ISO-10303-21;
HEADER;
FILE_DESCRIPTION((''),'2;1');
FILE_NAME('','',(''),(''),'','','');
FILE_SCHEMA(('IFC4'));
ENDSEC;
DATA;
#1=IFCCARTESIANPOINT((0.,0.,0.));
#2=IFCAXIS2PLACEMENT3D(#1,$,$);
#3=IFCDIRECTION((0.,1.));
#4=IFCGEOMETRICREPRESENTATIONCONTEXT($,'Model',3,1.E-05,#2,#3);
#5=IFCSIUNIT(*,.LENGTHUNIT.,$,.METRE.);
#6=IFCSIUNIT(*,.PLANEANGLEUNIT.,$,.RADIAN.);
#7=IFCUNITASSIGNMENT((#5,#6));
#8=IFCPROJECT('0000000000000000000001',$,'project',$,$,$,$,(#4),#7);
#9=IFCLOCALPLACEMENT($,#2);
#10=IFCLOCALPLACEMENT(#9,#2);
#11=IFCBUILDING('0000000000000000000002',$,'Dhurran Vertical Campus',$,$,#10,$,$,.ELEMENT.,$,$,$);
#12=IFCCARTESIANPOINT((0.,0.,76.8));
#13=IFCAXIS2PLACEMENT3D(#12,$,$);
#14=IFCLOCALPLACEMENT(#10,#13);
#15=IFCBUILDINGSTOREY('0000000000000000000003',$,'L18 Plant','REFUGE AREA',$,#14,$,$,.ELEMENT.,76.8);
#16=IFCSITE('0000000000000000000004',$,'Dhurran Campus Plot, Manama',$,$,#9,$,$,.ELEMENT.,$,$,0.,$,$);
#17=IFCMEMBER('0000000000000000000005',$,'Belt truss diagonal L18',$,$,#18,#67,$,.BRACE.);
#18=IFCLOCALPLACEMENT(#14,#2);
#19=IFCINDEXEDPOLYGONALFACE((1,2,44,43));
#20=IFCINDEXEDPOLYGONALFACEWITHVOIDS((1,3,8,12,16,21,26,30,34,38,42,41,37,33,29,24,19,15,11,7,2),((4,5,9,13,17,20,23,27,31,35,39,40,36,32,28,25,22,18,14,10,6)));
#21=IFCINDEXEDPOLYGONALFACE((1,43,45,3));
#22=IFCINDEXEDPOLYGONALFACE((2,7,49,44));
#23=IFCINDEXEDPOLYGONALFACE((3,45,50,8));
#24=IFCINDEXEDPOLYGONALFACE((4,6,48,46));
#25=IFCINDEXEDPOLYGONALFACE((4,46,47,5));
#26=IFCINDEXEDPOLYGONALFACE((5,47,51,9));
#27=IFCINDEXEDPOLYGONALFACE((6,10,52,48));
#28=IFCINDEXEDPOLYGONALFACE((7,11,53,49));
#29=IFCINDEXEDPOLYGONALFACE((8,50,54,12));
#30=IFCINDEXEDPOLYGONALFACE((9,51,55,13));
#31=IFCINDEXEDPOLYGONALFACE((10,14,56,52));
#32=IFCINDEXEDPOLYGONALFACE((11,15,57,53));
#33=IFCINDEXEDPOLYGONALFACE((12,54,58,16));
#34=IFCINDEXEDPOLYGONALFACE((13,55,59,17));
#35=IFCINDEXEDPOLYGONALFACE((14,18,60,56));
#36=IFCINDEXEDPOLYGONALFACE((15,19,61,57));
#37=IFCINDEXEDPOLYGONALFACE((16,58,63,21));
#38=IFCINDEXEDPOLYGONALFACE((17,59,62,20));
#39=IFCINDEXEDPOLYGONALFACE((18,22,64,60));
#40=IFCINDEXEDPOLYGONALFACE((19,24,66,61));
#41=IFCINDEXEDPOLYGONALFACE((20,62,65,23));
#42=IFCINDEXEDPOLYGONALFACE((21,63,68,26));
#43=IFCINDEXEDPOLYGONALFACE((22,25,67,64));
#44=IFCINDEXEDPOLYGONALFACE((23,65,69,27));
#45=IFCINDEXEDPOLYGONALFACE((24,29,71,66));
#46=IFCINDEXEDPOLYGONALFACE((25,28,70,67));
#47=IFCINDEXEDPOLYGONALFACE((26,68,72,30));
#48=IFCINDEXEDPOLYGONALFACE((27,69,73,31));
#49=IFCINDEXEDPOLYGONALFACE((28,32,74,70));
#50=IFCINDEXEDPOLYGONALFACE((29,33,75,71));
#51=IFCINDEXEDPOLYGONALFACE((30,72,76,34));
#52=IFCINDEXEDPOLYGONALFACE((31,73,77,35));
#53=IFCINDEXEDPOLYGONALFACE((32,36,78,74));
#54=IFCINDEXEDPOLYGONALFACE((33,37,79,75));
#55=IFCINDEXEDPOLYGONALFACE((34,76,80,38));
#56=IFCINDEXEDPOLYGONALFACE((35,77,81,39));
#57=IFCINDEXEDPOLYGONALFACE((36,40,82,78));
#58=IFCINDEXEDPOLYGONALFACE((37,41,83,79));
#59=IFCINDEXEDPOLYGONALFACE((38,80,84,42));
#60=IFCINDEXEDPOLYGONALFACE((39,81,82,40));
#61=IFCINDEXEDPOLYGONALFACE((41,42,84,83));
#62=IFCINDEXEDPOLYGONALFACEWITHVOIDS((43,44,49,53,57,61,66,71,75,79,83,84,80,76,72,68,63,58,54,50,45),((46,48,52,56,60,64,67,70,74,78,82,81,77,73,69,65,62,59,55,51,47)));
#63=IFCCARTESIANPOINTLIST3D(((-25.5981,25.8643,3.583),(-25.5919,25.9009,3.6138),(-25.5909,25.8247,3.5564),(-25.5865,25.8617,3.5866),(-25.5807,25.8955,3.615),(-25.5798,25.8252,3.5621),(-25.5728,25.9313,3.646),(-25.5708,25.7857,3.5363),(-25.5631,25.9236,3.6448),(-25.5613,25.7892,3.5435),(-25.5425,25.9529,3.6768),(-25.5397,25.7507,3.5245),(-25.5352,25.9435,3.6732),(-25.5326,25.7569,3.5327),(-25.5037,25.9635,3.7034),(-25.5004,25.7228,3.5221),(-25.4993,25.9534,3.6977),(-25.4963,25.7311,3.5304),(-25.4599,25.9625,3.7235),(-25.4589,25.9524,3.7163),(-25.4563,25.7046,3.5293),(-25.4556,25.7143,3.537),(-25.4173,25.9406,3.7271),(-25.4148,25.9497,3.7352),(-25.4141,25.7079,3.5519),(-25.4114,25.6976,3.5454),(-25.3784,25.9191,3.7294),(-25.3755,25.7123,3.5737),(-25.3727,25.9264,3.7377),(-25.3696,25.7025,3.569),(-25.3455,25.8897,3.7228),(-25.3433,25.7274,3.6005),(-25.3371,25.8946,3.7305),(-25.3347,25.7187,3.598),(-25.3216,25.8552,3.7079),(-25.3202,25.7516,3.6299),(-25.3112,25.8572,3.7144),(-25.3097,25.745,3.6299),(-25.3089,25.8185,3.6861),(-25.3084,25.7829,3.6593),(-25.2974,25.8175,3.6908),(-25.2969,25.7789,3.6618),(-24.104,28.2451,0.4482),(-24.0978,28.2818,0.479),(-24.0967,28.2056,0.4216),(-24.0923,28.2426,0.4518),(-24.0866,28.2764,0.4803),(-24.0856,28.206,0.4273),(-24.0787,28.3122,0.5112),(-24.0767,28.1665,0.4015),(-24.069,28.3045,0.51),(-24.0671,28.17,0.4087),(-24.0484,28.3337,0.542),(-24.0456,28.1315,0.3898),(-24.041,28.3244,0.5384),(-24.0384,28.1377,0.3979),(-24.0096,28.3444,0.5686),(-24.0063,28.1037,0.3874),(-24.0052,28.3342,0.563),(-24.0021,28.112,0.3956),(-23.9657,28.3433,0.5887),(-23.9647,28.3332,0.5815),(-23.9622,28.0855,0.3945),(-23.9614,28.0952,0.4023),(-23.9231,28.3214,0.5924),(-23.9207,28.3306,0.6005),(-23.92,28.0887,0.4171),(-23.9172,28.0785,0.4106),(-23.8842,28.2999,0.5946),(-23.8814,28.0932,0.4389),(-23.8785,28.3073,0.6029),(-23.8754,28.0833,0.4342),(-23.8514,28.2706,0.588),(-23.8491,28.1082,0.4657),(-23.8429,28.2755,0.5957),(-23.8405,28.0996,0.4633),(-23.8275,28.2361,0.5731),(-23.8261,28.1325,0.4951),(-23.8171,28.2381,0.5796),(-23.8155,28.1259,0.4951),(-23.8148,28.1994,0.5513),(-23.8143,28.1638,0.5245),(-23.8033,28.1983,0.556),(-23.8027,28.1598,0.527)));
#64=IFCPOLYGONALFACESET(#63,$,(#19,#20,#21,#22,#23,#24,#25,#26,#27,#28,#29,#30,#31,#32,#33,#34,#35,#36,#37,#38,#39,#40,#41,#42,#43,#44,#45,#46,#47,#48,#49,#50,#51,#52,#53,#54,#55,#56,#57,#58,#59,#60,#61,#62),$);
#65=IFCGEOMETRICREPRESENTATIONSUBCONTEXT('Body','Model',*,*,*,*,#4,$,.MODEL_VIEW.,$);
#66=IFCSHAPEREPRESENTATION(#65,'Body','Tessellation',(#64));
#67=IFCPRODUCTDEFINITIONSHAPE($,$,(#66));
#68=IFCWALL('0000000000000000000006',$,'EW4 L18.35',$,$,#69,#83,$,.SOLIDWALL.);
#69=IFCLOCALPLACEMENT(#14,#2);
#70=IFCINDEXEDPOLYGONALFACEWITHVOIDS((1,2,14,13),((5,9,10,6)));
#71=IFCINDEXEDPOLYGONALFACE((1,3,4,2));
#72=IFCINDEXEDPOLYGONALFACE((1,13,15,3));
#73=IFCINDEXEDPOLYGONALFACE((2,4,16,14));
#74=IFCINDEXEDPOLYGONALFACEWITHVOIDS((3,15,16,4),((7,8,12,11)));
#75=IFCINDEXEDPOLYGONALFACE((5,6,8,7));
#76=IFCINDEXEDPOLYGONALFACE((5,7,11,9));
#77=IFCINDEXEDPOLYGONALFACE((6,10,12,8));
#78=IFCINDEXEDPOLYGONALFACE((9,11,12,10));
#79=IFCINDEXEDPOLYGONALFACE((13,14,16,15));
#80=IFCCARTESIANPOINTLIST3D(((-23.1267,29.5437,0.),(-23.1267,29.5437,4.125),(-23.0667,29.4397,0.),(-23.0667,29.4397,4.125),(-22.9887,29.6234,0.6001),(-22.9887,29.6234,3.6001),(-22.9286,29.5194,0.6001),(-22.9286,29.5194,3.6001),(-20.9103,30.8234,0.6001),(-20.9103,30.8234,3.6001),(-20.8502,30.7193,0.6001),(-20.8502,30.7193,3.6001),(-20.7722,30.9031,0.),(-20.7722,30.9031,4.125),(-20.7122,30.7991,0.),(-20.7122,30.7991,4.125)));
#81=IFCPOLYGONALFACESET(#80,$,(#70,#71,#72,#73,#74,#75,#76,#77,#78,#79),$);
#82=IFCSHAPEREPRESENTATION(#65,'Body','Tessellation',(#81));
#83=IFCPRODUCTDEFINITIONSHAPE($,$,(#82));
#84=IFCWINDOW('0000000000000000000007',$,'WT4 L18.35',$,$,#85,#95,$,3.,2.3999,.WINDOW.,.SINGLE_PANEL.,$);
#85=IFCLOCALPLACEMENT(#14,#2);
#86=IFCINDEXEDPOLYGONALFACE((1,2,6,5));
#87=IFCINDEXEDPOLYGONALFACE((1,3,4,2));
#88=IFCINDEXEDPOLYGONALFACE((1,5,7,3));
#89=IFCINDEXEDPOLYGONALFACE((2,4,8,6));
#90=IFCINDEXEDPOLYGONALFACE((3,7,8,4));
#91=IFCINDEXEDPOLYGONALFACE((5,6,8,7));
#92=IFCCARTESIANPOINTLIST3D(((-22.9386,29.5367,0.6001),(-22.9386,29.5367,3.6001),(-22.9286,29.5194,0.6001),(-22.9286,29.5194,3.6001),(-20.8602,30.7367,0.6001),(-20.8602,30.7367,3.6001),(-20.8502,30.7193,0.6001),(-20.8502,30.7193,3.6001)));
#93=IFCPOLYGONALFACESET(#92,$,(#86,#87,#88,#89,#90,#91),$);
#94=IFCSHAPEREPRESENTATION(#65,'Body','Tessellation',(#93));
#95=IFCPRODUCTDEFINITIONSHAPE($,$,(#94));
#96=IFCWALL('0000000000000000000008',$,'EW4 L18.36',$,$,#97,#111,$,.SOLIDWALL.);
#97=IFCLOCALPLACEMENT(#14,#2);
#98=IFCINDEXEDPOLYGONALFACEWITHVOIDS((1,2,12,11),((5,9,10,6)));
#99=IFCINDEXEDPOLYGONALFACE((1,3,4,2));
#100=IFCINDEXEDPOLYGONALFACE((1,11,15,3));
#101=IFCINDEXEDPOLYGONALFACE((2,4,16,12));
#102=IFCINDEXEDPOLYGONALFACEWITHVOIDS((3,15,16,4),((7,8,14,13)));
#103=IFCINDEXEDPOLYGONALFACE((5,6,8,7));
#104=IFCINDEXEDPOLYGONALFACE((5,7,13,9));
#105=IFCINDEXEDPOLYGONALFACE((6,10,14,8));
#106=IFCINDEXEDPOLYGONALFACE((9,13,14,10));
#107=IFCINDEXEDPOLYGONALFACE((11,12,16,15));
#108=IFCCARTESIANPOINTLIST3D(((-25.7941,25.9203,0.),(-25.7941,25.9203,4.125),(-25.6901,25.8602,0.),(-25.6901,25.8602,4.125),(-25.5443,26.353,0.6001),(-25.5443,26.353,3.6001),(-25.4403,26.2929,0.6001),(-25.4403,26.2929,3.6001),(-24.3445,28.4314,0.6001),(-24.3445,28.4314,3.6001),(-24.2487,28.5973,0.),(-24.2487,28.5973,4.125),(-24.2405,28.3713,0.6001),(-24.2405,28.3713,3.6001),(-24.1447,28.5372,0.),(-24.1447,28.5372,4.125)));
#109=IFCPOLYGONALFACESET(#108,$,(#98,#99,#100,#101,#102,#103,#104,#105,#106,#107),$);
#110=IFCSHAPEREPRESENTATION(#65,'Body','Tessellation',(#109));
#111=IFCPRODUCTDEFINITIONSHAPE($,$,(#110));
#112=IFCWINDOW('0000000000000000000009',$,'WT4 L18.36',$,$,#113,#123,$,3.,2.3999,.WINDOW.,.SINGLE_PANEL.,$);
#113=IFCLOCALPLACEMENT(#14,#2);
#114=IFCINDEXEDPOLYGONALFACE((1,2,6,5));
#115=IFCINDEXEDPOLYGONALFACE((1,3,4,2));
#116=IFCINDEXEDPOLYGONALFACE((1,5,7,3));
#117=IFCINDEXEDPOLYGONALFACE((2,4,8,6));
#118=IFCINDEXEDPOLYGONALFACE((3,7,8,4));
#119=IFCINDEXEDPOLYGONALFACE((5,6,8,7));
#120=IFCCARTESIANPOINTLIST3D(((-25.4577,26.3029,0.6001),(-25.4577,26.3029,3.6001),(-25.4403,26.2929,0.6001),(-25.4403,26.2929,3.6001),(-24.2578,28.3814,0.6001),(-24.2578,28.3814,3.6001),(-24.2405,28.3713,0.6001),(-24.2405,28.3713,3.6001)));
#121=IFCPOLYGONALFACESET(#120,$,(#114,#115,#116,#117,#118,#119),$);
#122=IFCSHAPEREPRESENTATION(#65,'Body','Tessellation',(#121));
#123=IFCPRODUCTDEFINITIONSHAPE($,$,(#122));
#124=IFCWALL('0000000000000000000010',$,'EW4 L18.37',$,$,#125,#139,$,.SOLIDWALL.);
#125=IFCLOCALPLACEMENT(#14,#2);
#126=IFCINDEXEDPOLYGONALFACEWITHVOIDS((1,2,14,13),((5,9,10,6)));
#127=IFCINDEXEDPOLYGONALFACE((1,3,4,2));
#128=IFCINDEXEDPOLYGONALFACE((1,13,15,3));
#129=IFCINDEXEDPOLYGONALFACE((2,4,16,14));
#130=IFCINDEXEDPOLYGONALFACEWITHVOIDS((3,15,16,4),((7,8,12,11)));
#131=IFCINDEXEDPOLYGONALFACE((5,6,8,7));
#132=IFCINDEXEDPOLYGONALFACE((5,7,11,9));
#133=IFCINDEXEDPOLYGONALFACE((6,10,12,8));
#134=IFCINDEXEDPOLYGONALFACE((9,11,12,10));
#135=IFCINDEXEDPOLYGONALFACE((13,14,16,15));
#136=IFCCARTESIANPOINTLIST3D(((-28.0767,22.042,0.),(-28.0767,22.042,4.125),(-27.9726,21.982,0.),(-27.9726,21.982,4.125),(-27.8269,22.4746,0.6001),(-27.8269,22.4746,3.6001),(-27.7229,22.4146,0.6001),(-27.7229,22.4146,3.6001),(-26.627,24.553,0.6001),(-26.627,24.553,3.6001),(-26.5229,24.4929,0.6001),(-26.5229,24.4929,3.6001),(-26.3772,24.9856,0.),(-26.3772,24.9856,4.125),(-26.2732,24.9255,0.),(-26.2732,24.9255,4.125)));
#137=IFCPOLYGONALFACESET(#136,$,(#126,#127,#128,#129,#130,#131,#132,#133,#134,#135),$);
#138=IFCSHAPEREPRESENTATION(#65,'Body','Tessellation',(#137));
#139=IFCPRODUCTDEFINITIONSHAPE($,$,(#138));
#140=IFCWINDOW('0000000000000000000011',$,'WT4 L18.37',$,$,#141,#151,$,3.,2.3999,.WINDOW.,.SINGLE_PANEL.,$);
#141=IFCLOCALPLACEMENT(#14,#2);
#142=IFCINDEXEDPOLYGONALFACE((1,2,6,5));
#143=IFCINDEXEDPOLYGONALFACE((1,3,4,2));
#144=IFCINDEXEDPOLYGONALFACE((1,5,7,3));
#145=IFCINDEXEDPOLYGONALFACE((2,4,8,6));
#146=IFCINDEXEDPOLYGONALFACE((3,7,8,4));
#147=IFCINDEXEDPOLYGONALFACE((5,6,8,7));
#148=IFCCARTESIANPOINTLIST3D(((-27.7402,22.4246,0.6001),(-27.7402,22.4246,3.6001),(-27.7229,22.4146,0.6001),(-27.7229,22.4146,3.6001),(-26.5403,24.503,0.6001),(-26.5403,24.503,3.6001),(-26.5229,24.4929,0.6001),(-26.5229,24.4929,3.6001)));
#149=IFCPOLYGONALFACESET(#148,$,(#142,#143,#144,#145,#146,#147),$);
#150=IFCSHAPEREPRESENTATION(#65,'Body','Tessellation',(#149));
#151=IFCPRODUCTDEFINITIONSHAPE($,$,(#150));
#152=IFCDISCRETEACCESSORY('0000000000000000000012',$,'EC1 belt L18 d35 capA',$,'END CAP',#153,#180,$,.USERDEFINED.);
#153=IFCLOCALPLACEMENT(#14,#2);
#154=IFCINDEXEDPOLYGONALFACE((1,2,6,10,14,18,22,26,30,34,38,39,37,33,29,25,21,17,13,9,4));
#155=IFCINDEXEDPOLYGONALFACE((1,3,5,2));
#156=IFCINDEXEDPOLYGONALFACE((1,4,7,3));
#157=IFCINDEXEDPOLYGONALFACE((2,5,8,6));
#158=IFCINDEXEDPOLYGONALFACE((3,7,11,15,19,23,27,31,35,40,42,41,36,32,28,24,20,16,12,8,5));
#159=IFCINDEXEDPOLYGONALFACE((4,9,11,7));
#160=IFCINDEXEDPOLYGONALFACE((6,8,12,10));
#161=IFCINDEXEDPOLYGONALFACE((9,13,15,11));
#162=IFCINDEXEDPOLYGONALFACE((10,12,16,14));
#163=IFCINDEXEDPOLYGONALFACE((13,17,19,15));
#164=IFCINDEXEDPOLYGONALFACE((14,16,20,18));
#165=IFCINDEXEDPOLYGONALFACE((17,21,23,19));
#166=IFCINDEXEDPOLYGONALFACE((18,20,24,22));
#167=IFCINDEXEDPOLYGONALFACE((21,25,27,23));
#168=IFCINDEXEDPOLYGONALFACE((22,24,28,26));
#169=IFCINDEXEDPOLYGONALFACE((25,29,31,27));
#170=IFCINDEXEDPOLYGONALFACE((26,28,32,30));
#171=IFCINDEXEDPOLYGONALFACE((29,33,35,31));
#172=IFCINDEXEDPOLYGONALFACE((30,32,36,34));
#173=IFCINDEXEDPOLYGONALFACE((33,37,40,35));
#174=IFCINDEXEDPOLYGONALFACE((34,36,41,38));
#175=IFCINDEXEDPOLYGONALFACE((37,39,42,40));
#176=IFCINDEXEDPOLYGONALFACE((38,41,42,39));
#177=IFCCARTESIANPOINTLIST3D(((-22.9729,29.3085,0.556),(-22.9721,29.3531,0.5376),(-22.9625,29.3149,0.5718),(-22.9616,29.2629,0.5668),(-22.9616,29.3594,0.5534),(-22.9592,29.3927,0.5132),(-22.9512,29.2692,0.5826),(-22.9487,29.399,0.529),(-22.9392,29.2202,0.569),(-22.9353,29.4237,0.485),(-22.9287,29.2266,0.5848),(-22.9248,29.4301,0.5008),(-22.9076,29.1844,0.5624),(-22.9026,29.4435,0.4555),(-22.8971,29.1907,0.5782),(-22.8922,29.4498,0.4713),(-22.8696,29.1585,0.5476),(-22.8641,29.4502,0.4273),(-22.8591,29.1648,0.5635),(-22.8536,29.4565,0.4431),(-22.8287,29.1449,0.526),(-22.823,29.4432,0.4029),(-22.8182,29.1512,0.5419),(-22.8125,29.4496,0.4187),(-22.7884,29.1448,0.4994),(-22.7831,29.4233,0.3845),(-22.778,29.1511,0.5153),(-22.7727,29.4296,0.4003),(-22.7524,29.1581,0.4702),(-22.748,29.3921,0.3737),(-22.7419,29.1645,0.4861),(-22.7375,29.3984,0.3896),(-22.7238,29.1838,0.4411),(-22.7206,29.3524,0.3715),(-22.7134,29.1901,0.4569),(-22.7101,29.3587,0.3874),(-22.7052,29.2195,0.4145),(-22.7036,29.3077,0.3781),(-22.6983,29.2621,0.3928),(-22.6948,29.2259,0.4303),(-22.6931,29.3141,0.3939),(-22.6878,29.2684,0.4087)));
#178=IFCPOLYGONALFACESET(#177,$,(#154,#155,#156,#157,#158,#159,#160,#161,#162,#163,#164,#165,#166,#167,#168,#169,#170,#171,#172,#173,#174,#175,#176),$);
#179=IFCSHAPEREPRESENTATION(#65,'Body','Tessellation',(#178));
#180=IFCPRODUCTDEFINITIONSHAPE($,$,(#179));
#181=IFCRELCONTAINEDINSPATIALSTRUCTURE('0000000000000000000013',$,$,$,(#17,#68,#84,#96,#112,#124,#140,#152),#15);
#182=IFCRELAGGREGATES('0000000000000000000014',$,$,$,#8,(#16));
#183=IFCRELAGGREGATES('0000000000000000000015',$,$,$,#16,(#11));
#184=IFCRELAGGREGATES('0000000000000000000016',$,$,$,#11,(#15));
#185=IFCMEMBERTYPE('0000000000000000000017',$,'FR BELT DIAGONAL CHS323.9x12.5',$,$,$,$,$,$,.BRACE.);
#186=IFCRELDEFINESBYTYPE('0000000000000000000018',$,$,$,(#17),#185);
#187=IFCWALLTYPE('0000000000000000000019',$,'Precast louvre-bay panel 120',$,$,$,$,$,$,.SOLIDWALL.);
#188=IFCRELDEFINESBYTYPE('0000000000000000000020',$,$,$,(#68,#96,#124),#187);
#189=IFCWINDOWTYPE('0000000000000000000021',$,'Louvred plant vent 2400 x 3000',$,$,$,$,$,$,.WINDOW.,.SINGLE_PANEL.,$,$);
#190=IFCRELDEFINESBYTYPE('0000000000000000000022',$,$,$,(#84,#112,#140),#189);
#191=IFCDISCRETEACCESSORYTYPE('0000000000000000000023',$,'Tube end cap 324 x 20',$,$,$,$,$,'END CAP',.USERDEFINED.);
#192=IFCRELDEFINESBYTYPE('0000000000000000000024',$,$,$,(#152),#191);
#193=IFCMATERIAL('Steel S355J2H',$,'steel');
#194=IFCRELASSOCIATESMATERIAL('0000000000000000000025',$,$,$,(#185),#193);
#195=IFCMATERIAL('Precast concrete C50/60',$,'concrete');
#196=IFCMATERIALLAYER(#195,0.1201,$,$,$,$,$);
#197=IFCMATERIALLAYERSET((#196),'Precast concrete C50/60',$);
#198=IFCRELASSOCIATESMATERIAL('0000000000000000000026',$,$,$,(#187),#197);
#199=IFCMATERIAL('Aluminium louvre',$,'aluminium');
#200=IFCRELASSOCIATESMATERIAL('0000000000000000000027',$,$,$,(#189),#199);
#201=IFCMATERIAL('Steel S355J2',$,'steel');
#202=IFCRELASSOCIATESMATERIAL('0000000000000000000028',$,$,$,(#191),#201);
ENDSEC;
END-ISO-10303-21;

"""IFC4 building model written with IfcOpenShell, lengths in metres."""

from ifc_helpers import new_model, si_unit, direction, frame, frame_2d, origin, origin_2d, place, context, subcontext, project, spatial, rectangle, circle, hollow_circle, extrude, material, layer, layer_set, material_profile, profile_set, type_object, element, fill, save


model = new_model("IFC4")

# Units and contexts
model_context = context("Model", 3, precision=1e-05, world=origin(), true_north=direction((0.0, 1.0)))
body_context = subcontext(model_context, "Body", "Model", "MODEL_VIEW")
ifc_project = project(units=[si_unit("LENGTHUNIT", "METRE"), si_unit("PLANEANGLEUNIT", "RADIAN")], contexts=[model_context])

# Site, building, storey
site_placement = place(None, origin())
site = spatial("IfcSite", under=ifc_project, at=site_placement, Name="Dhurran Campus Plot, Manama", CompositionType="ELEMENT", RefElevation=0.0)
building_placement = place(site_placement, origin())
building = spatial("IfcBuilding", under=site, at=building_placement, Name="Dhurran Vertical Campus", CompositionType="ELEMENT")
storey_placement = place(building_placement, frame((0.0, 0.0, 76.8)))
storey = spatial("IfcBuildingStorey", under=building, at=storey_placement, Name="L18 Plant", Description="REFUGE AREA", CompositionType="ELEMENT", Elevation=76.8)

# Member
ifc_material_1 = material(Name="Steel S355J2H", Category="steel")
ifc_material_profile_1 = material_profile(ifc_material_1, hollow_circle(Radius=0.1619, WallThickness=0.0125, at=origin_2d()), Name="CHS323.9x12.5")
ifc_profile_set_1 = profile_set([ifc_material_profile_1], Name="Steel S355J2H")
member_type = type_object("IfcMemberType", Name="FR BELT DIAGONAL CHS323.9x12.5", PredefinedType="BRACE", material=ifc_profile_set_1)
member_1_placement = place(storey_placement, frame((-23.9526, 28.2119, 0.4951), z_axis=(-0.354867, -0.565467, 0.744524), x_axis=(0.847021, -0.531559, 0.0)))
element("IfcMember", 1, at=member_1_placement, inside=storey, type_object=member_type, Name="Belt truss diagonal L18", PredefinedType="BRACE", context=body_context, shape_type="SweptSolid", body=[
    extrude(hollow_circle(Radius=0.1619, WallThickness=0.0125, at=origin_2d()), origin(), (0.0, 0.0, 1.0), 4.2104),
])

# Walls, openings, windows
ifc_material_2 = material(Name="Precast concrete C50/60", Category="concrete")
ifc_layer = layer(ifc_material_2, 0.1201)
ifc_layer_set = layer_set([ifc_layer], Name="Precast concrete C50/60")
wall_type = type_object("IfcWallType", Name="Precast louvre-bay panel 120", PredefinedType="SOLIDWALL", material=ifc_layer_set)
wall_1_placement = place(storey_placement, frame((-20.7422, 30.8511, 0.0), z_axis=(0.0, 0.0, 1.0), x_axis=(-0.866024, -0.500002, 0.0)))
wall_1 = element("IfcWall", 2, at=wall_1_placement, inside=storey, type_object=wall_type, Name="EW4 L18.35", PredefinedType="SOLIDWALL", context=body_context, shape_type="SweptSolid", body=[
    extrude(rectangle(XDim=2.7188, YDim=0.1201, at=frame_2d((1.3594, 0.0))), origin(), (0.0, 0.0, 1.0), 4.125),
])
opening_1_placement = place(wall_1_placement, frame((0.1594, 0.0, 0.6001)))
opening_1 = element("IfcOpeningElement", 3, at=opening_1_placement, cuts=wall_1, PredefinedType="OPENING", context=body_context, shape_type="SweptSolid", body=[
    extrude(rectangle(XDim=2.3999, YDim=3.0, at=frame_2d((1.2, 1.5))), frame((0.0, 0.0701, 0.0), z_axis=(0.0, -1.0, 0.0), x_axis=(1.0, 0.0, 0.0)), (0.0, 0.0, 1.0), 0.1401),
])
ifc_material_3 = material(Name="Aluminium louvre", Category="aluminium")
window_type = type_object("IfcWindowType", Name="Louvred plant vent 2400 x 3000", PartitioningType="SINGLE_PANEL", PredefinedType="WINDOW", material=ifc_material_3)
window_1_placement = place(opening_1_placement, origin())
window_1 = element("IfcWindow", 4, at=window_1_placement, inside=storey, type_object=window_type, Name="WT4 L18.35", OverallHeight=3.0, OverallWidth=2.3999, PartitioningType="SINGLE_PANEL", PredefinedType="WINDOW", context=body_context, shape_type="SweptSolid", body=[
    extrude(rectangle(XDim=2.3999, YDim=3.0, at=frame_2d((1.2, 1.5))), frame((0.0, 0.0601, 0.0), z_axis=(0.0, -1.0, 0.0), x_axis=(1.0, 0.0, 0.0)), (0.0, 0.0, 1.0), 0.02),
])
fill(opening_1, window_1)
wall_2_placement = place(storey_placement, frame((-24.1968, 28.5671, 0.0), z_axis=(0.0, 0.0, 1.0), x_axis=(-0.499962, -0.866047, 0.0)))
wall_2 = element("IfcWall", 5, at=wall_2_placement, inside=storey, type_object=wall_type, Name="EW4 L18.36", PredefinedType="SOLIDWALL", context=body_context, shape_type="SweptSolid", body=[
    extrude(rectangle(XDim=3.0911, YDim=0.1201, at=frame_2d((1.5454, 0.0))), origin(), (0.0, 0.0, 1.0), 4.125),
])
opening_2_placement = place(wall_2_placement, frame((0.1914, 0.0, 0.6001)))
opening_2 = element("IfcOpeningElement", 6, at=opening_2_placement, cuts=wall_2, PredefinedType="OPENING", context=body_context, shape_type="SweptSolid", body=[
    extrude(rectangle(XDim=2.3999, YDim=3.0, at=frame_2d((1.2, 1.5))), frame((0.0, 0.0701, 0.0), z_axis=(0.0, -1.0, 0.0), x_axis=(1.0, 0.0, 0.0)), (0.0, 0.0, 1.0), 0.1401),
])
window_2_placement = place(opening_2_placement, origin())
window_2 = element("IfcWindow", 7, at=window_2_placement, inside=storey, type_object=window_type, Name="WT4 L18.36", OverallHeight=3.0, OverallWidth=2.3999, PartitioningType="SINGLE_PANEL", PredefinedType="WINDOW", context=body_context, shape_type="SweptSolid", body=[
    extrude(rectangle(XDim=2.3999, YDim=3.0, at=frame_2d((1.2, 1.5))), frame((0.0, 0.0601, 0.0), z_axis=(0.0, -1.0, 0.0), x_axis=(1.0, 0.0, 0.0)), (0.0, 0.0, 1.0), 0.02),
])
fill(opening_2, window_2)
wall_3_placement = place(storey_placement, frame((-26.3252, 24.9556, 0.0), z_axis=(0.0, 0.0, 1.0), x_axis=(-0.499994, -0.866029, 0.0)))
wall_3 = element("IfcWall", 8, at=wall_3_placement, inside=storey, type_object=wall_type, Name="EW4 L18.37", PredefinedType="SOLIDWALL", context=body_context, shape_type="SweptSolid", body=[
    extrude(rectangle(XDim=3.3989, YDim=0.1201, at=frame_2d((1.6995, 0.0))), origin(), (0.0, 0.0, 1.0), 4.125),
])
opening_3_placement = place(wall_3_placement, frame((0.4995, 0.0, 0.6001)))
opening_3 = element("IfcOpeningElement", 9, at=opening_3_placement, cuts=wall_3, PredefinedType="OPENING", context=body_context, shape_type="SweptSolid", body=[
    extrude(rectangle(XDim=2.3999, YDim=3.0, at=frame_2d((1.2, 1.5))), frame((0.0, 0.0701, 0.0), z_axis=(0.0, -1.0, 0.0), x_axis=(1.0, 0.0, 0.0)), (0.0, 0.0, 1.0), 0.1401),
])
window_3_placement = place(opening_3_placement, origin())
window_3 = element("IfcWindow", 10, at=window_3_placement, inside=storey, type_object=window_type, Name="WT4 L18.37", OverallHeight=3.0, OverallWidth=2.3999, PartitioningType="SINGLE_PANEL", PredefinedType="WINDOW", context=body_context, shape_type="SweptSolid", body=[
    extrude(rectangle(XDim=2.3999, YDim=3.0, at=frame_2d((1.2, 1.5))), frame((0.0, 0.0601, 0.0), z_axis=(0.0, -1.0, 0.0), x_axis=(1.0, 0.0, 0.0)), (0.0, 0.0, 1.0), 0.02),
])
fill(opening_3, window_3)

# Discrete accessory
ifc_material_4 = material(Name="Steel S355J2", Category="steel")
ifc_material_profile_2 = material_profile(ifc_material_4, circle(Radius=0.1619, at=origin_2d()), Name="Tube end cap 324 x 20")
ifc_profile_set_2 = profile_set([ifc_material_profile_2], Name="Steel S355J2")
discrete_accessory_type = type_object("IfcDiscreteAccessoryType", Name="Tube end cap 324 x 20", ElementType="END CAP", PredefinedType="USERDEFINED", material=ifc_profile_set_2)
for number, where, z_axis, x_axis, name in (
    (11, (-22.8257, 29.303, 0.4861), (-0.523379, -0.316462, -0.791155), (0.517419, -0.855732, 0.0), "EC1 belt L18 d35 capA"),
):
    element("IfcDiscreteAccessory", number, at=place(storey_placement, frame(where, z_axis=z_axis, x_axis=x_axis)), inside=storey, type_object=discrete_accessory_type, Name=name, ObjectType="END CAP", PredefinedType="USERDEFINED", context=body_context, shape_type="SweptSolid", body=[
        extrude(circle(Radius=0.1619, at=origin_2d()), origin(), (0.0, 0.0, 1.0), 0.02),
    ])

save(model, "model.ifc")
